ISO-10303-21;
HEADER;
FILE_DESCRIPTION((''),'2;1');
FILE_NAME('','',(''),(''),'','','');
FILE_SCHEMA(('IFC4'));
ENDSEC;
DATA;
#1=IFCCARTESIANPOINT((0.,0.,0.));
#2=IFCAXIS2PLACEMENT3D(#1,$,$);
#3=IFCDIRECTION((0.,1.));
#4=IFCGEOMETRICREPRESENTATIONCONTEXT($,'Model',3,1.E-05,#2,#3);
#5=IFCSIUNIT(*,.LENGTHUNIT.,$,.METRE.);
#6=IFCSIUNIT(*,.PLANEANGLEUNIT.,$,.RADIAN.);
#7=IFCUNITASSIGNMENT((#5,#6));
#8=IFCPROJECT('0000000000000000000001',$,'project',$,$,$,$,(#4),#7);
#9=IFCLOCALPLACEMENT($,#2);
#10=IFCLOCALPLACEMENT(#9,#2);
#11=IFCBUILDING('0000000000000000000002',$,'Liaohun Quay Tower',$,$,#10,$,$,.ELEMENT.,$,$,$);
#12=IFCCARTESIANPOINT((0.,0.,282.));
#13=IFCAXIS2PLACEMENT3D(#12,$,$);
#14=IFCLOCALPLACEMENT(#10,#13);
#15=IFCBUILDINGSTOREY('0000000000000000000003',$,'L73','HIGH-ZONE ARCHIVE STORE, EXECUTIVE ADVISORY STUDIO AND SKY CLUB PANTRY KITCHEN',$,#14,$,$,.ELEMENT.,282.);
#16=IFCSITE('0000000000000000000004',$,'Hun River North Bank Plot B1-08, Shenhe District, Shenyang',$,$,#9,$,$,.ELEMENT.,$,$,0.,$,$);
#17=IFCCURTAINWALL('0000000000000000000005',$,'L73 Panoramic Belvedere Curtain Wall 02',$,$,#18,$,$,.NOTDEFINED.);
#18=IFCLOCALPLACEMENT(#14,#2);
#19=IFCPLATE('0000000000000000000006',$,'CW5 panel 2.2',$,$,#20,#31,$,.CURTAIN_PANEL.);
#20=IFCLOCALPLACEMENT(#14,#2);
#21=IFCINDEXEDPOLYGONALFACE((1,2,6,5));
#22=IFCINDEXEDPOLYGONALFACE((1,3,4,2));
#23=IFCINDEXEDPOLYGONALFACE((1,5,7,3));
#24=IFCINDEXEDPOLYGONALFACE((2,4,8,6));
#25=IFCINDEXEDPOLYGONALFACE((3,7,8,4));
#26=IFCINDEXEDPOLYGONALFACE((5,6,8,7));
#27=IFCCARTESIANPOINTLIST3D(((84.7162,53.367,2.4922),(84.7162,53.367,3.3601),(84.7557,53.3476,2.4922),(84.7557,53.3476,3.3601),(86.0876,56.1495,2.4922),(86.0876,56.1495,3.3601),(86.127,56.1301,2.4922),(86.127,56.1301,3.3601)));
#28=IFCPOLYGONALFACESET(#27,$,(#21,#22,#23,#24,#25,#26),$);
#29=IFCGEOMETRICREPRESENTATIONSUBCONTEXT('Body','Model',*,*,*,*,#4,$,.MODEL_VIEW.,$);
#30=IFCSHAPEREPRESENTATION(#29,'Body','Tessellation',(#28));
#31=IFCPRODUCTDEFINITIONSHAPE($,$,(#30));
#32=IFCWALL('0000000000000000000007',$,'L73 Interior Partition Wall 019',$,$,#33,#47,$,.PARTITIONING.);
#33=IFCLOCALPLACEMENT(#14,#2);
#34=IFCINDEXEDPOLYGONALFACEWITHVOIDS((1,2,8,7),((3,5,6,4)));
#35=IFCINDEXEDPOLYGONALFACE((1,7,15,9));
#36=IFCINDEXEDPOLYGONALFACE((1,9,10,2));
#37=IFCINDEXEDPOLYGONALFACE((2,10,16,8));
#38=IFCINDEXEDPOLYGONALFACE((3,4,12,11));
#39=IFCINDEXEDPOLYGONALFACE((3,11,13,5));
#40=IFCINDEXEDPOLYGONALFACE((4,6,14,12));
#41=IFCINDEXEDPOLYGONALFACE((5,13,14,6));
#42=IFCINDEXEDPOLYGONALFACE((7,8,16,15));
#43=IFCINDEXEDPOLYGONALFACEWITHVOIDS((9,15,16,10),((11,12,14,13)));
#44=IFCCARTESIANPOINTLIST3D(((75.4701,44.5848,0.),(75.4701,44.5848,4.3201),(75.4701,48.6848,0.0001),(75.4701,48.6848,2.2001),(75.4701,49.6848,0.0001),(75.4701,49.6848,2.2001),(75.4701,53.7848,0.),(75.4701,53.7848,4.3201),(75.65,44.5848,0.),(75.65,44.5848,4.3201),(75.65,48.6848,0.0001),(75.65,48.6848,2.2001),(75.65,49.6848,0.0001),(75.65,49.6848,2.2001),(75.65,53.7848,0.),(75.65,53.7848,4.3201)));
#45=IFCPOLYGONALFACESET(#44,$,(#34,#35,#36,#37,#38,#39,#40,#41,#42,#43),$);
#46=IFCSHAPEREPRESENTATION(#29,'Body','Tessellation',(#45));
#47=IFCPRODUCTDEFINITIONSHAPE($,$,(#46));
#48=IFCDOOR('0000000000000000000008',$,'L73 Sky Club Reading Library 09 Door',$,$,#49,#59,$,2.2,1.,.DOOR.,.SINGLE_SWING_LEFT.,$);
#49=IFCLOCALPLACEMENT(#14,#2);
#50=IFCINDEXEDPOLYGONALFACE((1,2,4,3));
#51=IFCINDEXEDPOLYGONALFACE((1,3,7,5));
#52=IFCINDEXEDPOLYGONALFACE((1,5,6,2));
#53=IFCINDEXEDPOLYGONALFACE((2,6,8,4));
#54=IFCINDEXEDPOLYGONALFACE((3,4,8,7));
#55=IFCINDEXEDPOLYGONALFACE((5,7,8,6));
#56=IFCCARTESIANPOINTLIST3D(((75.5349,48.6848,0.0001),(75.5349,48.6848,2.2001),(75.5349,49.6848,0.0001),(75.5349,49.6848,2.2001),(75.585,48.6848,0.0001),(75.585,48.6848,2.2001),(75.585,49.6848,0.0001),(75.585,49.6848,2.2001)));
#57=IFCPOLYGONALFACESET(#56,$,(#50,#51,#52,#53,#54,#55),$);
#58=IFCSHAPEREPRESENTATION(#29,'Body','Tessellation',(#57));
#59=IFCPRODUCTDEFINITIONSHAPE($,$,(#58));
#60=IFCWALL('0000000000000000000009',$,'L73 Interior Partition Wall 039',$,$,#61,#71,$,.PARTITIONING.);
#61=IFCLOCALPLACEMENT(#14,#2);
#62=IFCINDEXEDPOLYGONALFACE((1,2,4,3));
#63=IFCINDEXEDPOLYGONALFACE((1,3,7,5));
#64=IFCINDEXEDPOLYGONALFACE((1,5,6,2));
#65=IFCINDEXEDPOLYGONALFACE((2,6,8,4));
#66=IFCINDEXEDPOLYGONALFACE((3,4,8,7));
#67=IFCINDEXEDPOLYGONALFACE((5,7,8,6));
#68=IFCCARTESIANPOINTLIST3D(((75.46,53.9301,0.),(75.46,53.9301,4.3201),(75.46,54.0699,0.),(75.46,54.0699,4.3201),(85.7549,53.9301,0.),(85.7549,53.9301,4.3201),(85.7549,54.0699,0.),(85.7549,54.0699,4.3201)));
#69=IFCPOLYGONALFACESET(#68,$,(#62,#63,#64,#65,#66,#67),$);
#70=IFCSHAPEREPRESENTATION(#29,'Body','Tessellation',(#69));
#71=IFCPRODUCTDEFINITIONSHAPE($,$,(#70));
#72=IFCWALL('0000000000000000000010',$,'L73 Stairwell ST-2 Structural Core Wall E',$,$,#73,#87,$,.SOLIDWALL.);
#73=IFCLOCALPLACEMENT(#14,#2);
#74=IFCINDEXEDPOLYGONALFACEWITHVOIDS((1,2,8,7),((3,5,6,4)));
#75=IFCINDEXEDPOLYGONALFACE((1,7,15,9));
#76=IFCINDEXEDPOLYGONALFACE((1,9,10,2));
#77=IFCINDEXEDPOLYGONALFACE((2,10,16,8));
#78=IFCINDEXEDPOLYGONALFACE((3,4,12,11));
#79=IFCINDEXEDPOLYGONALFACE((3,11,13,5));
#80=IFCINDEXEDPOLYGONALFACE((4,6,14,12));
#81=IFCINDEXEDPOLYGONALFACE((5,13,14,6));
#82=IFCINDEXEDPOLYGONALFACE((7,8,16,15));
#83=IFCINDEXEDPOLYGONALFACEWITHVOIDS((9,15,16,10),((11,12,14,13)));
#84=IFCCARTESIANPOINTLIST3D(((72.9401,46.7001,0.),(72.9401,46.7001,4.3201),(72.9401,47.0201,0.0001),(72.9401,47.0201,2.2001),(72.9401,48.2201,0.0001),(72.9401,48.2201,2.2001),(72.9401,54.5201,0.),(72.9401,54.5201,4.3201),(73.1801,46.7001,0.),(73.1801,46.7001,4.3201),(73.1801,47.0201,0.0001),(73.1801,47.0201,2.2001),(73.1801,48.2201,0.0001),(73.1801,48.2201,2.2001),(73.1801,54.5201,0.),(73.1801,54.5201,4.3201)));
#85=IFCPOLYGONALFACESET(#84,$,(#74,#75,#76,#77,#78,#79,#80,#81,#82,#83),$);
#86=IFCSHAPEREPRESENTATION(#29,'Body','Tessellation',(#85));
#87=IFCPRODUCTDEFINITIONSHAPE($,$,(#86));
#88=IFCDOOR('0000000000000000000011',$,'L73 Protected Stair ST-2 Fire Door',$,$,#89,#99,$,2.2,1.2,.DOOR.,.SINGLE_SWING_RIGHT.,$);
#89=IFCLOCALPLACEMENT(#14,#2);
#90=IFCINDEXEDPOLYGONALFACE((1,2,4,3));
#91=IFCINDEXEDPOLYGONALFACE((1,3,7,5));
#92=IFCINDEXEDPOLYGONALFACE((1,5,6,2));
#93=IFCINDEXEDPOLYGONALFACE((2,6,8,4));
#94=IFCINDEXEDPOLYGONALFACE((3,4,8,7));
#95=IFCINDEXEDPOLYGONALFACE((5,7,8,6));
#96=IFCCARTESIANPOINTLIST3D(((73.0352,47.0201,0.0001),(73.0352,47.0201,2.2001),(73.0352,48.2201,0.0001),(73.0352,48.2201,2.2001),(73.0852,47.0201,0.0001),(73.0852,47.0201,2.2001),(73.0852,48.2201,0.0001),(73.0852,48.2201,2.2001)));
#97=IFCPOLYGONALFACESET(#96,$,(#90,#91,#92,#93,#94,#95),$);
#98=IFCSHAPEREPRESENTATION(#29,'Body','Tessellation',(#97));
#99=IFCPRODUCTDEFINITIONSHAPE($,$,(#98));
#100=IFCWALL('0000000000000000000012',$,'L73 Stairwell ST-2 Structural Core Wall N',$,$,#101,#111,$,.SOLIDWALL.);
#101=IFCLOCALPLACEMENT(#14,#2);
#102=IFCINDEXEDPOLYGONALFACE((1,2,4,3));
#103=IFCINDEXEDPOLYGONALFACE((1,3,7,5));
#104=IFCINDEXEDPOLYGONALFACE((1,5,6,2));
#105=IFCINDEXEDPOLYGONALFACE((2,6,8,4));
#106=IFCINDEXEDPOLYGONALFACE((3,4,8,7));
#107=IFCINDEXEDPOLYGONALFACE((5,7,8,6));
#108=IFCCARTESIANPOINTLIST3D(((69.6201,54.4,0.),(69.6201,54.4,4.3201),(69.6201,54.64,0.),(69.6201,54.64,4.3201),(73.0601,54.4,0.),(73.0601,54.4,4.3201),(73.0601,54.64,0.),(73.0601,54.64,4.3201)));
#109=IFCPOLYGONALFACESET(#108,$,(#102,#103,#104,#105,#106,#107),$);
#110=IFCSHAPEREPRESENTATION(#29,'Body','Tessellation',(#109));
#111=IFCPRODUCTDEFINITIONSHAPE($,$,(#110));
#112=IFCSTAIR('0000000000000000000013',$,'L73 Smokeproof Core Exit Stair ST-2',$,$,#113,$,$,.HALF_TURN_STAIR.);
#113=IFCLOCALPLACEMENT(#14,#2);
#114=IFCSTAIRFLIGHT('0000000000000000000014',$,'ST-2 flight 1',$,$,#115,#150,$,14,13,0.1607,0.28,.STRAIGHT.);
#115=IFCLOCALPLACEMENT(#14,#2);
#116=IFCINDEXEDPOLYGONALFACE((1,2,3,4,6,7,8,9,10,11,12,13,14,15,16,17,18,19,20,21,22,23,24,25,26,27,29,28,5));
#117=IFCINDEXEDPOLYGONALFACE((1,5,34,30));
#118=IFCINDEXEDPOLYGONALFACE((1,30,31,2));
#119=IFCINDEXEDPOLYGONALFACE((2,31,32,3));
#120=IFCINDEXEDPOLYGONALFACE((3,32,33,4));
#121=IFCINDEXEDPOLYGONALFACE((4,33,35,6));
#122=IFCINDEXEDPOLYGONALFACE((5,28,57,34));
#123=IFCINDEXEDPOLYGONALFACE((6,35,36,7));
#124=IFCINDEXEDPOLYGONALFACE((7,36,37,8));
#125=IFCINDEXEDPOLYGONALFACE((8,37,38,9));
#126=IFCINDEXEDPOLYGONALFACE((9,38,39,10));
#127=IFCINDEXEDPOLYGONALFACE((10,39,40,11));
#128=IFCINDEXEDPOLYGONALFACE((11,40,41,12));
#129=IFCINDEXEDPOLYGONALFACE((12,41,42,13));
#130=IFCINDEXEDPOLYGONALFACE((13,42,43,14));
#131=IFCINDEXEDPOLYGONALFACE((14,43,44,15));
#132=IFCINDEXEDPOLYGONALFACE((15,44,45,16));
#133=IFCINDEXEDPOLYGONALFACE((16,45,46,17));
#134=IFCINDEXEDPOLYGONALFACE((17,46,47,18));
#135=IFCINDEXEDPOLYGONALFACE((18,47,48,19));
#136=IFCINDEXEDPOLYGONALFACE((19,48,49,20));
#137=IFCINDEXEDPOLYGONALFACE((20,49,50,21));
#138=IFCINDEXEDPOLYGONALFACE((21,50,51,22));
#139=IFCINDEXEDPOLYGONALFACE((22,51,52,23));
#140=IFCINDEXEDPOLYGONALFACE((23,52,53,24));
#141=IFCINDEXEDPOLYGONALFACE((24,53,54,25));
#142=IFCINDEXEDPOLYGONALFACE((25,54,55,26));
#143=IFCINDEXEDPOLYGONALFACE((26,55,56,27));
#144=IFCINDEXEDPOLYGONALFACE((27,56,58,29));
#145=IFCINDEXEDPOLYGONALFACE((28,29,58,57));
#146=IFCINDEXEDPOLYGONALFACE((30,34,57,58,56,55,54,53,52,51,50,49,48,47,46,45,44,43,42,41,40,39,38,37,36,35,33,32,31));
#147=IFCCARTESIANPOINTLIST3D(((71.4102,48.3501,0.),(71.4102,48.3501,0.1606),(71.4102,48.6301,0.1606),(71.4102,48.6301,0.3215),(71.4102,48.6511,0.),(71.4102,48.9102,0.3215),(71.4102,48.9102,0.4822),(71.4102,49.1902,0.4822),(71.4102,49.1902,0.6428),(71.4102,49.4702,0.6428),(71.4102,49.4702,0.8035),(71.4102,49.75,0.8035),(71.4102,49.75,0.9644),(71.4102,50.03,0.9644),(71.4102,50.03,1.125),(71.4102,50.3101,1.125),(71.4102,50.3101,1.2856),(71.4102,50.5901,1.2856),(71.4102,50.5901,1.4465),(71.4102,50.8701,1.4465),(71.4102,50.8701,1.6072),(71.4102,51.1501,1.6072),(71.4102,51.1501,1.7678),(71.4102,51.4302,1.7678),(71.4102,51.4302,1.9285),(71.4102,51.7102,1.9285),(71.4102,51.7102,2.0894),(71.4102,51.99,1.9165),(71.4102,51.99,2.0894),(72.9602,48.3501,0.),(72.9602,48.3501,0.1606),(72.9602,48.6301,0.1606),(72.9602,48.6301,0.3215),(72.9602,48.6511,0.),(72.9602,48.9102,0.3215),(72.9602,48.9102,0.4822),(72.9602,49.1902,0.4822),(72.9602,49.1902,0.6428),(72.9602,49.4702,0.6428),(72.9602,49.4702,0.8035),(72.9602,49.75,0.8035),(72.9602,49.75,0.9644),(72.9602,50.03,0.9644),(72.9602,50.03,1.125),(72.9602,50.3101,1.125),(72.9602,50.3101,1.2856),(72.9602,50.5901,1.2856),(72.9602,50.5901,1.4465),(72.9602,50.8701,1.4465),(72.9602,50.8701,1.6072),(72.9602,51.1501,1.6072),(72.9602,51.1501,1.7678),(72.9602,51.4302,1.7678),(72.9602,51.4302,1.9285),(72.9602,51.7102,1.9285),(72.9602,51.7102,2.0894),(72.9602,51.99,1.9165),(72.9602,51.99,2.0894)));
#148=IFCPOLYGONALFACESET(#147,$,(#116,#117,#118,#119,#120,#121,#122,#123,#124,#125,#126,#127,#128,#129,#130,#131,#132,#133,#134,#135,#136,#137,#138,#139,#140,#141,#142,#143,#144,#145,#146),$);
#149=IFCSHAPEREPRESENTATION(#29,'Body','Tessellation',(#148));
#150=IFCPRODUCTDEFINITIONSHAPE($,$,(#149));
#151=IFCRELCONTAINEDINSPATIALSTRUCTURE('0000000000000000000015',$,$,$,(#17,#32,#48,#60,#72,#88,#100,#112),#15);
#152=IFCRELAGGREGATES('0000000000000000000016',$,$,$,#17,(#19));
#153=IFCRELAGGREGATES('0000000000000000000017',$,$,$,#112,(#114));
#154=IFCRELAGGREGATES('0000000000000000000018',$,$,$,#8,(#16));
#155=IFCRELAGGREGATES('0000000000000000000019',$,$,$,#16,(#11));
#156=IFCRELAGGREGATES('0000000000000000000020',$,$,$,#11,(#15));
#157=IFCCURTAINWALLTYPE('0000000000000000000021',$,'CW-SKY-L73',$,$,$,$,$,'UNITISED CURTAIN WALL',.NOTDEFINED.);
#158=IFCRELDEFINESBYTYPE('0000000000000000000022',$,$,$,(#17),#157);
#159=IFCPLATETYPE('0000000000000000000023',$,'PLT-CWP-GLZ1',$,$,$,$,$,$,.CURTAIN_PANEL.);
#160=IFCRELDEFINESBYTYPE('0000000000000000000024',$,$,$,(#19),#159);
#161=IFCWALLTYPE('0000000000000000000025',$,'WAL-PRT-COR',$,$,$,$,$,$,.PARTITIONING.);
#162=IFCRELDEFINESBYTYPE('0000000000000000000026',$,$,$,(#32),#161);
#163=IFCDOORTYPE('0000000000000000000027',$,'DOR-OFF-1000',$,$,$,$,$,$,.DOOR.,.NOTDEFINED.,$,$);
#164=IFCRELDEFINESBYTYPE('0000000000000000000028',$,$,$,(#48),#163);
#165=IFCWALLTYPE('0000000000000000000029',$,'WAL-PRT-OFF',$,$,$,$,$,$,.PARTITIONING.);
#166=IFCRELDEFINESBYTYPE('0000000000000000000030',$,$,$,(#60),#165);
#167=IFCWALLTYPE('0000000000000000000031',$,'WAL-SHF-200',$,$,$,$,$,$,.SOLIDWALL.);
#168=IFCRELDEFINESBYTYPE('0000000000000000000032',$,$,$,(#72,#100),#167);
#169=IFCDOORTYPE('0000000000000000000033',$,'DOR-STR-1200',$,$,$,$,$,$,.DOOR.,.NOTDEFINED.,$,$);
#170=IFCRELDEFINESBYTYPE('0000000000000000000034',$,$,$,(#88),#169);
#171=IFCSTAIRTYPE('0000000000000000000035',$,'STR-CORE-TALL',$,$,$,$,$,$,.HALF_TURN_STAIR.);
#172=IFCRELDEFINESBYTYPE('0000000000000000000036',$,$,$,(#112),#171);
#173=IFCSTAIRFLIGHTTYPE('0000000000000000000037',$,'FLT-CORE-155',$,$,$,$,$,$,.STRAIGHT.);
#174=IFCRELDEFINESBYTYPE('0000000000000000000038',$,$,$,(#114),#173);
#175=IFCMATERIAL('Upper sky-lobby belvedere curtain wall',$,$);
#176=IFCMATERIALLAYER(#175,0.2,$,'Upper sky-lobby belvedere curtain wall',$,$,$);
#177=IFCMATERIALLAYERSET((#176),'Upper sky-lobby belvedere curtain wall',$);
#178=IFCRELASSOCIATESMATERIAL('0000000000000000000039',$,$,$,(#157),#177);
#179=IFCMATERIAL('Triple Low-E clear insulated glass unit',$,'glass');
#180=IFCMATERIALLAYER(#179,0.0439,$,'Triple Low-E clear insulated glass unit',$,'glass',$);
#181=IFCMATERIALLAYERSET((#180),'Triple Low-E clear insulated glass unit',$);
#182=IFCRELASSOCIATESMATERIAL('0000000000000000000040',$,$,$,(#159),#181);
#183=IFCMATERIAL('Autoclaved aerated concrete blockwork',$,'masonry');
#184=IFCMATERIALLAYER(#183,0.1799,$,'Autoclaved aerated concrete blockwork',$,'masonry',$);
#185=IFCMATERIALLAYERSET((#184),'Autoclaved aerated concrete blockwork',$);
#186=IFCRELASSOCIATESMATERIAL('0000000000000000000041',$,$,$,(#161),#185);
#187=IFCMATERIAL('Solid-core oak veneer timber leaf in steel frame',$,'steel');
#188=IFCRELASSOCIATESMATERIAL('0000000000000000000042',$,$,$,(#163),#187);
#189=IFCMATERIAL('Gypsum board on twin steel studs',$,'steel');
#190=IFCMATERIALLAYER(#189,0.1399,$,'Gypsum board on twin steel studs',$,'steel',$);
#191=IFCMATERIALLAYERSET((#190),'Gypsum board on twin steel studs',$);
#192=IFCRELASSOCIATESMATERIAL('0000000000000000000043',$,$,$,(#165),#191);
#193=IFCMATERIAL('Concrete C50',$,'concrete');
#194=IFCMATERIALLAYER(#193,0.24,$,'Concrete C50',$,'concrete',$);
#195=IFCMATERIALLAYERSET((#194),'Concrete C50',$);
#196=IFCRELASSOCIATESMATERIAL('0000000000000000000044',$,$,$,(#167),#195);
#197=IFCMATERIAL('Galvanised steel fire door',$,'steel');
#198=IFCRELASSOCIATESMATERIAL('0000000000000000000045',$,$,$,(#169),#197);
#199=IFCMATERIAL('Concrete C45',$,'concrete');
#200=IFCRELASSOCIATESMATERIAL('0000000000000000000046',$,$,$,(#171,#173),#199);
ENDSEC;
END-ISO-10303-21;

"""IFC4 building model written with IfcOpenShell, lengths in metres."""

from ifc_helpers import new_model, si_unit, direction, frame, frame_2d, origin, origin_2d, place, context, subcontext, project, spatial, polyline, rectangle, outline, extrude, source, transform, mapped, material, layer, layer_set, type_object, element, fill, aggregate, save


model = new_model("IFC4")

# Units and contexts
model_context = context("Model", 3, precision=1e-05, world=origin(), true_north=direction((0.0, 1.0)))
body_context = subcontext(model_context, "Body", "Model", "MODEL_VIEW")
ifc_project = project(units=[si_unit("LENGTHUNIT", "METRE"), si_unit("PLANEANGLEUNIT", "RADIAN")], contexts=[model_context])

# Site, building, storey
site_placement = place(None, origin())
site = spatial("IfcSite", under=ifc_project, at=site_placement, Name="Hun River North Bank Plot B1-08, Shenhe District, Shenyang", CompositionType="ELEMENT", RefElevation=0.0)
building_placement = place(site_placement, origin())
building = spatial("IfcBuilding", under=site, at=building_placement, Name="Liaohun Quay Tower", CompositionType="ELEMENT")
storey_placement = place(building_placement, frame((0.0, 0.0, 282.0)))
storey = spatial("IfcBuildingStorey", under=building, at=storey_placement, Name="L73", Description="HIGH-ZONE ARCHIVE STORE, EXECUTIVE ADVISORY STUDIO AND SKY CLUB PANTRY KITCHEN", CompositionType="ELEMENT", Elevation=282.0)

# Curtain wall, plate
ifc_material_1 = material(Name="Upper sky-lobby belvedere curtain wall")
ifc_layer_1 = layer(ifc_material_1, 0.2, Name="Upper sky-lobby belvedere curtain wall")
ifc_layer_set_1 = layer_set([ifc_layer_1], Name="Upper sky-lobby belvedere curtain wall")
curtain_wall_type = type_object("IfcCurtainWallType", Name="CW-SKY-L73", ElementType="UNITISED CURTAIN WALL", PredefinedType="NOTDEFINED", material=ifc_layer_set_1)
curtain_wall_placement = place(storey_placement, origin())
curtain_wall = element("IfcCurtainWall", 1, at=curtain_wall_placement, inside=storey, type_object=curtain_wall_type, Name="L73 Panoramic Belvedere Curtain Wall 02", PredefinedType="NOTDEFINED")
ifc_material_2 = material(Name="Triple Low-E clear insulated glass unit", Category="glass")
ifc_layer_2 = layer(ifc_material_2, 0.0439, Name="Triple Low-E clear insulated glass unit", Category="glass")
ifc_layer_set_2 = layer_set([ifc_layer_2], Name="Triple Low-E clear insulated glass unit")
plate_type = type_object("IfcPlateType", Name="PLT-CWP-GLZ1", PredefinedType="CURTAIN_PANEL", material=ifc_layer_set_2)
shared_shape_1 = source(origin(), body_context, "Body", "SweptSolid", [
    extrude(rectangle(XDim=3.1021, YDim=0.0439, at=origin_2d()), origin(), (0.0, 0.0, 1.0), 0.8679),
])
plate_1_placement = place(storey_placement, frame((85.4216, 54.7485, 2.4922), z_axis=(0.0, 0.0, 1.0), x_axis=(0.442081, 0.896975, 0.0)))
plate_1 = element("IfcPlate", 2, at=plate_1_placement, type_object=plate_type, Name="CW5 panel 2.2", PredefinedType="CURTAIN_PANEL", context=body_context, shape_type="MappedRepresentation", body=[
    mapped(shared_shape_1, transform((0.0, 0.0, 0.0), x_axis=(1.0, 0.0, 0.0), y_axis=(0.0, 1.0, 0.0), z_axis=(0.0, 0.0, 1.0), scale=1.0)),
])
aggregate(curtain_wall, [plate_1])

# Wall, opening, door
ifc_material_3 = material(Name="Autoclaved aerated concrete blockwork", Category="masonry")
ifc_layer_3 = layer(ifc_material_3, 0.1799, Name="Autoclaved aerated concrete blockwork", Category="masonry")
ifc_layer_set_3 = layer_set([ifc_layer_3], Name="Autoclaved aerated concrete blockwork")
wall_type_1 = type_object("IfcWallType", Name="WAL-PRT-COR", PredefinedType="PARTITIONING", material=ifc_layer_set_3)
wall_1_placement = place(storey_placement, frame((75.5601, 53.7849, 0.0), z_axis=(0.0, 0.0, 1.0), x_axis=(0.0, -1.0, 0.0)))
wall_1 = element("IfcWall", 3, at=wall_1_placement, inside=storey, type_object=wall_type_1, Name="L73 Interior Partition Wall 019", PredefinedType="PARTITIONING", context=body_context, shape_type="SweptSolid", body=[
    extrude(rectangle(XDim=9.2, YDim=0.1799, at=frame_2d((4.6001, 0.0))), origin(), (0.0, 0.0, 1.0), 4.3201),
])
shared_shape_2 = source(origin(), body_context, "Body", "SweptSolid", [
    extrude(rectangle(XDim=1.0, YDim=2.2, at=frame_2d((0.5, 1.1001))), frame((0.0, 0.0999, 0.0), z_axis=(0.0, -1.0, 0.0), x_axis=(1.0, 0.0, 0.0)), (0.0, 0.0, 1.0), 0.2),
])
opening_1_placement = place(wall_1_placement, frame((4.1001, 0.0, 0.0)))
opening_1 = element("IfcOpeningElement", 4, at=opening_1_placement, cuts=wall_1, PredefinedType="OPENING", context=body_context, shape_type="MappedRepresentation", body=[
    mapped(shared_shape_2, transform((0.0, 0.0, 0.0), x_axis=(1.0, 0.0, 0.0), y_axis=(0.0, 1.0, 0.0), z_axis=(0.0, 0.0, 1.0), scale=1.0)),
])
ifc_material_4 = material(Name="Solid-core oak veneer timber leaf in steel frame", Category="steel")
door_type_1 = type_object("IfcDoorType", Name="DOR-OFF-1000", OperationType="NOTDEFINED", PredefinedType="DOOR", material=ifc_material_4)
shared_shape_3 = source(origin(), body_context, "Body", "SweptSolid", [
    extrude(rectangle(XDim=1.0, YDim=2.2, at=frame_2d((0.5, 1.1001))), frame((0.0, 0.0249, 0.0), z_axis=(0.0, -1.0, 0.0), x_axis=(1.0, 0.0, 0.0)), (0.0, 0.0, 1.0), 0.05),
])
door_1_placement = place(opening_1_placement, origin())
door_1 = element("IfcDoor", 5, at=door_1_placement, inside=storey, type_object=door_type_1, Name="L73 Sky Club Reading Library 09 Door", OperationType="SINGLE_SWING_LEFT", OverallHeight=2.2, OverallWidth=1.0, PredefinedType="DOOR", context=body_context, shape_type="MappedRepresentation", body=[
    mapped(shared_shape_3, transform((0.0, 0.0, 0.0), x_axis=(1.0, 0.0, 0.0), y_axis=(0.0, 1.0, 0.0), z_axis=(0.0, 0.0, 1.0), scale=1.0)),
])
fill(opening_1, door_1)

# Wall
ifc_material_5 = material(Name="Gypsum board on twin steel studs", Category="steel")
ifc_layer_4 = layer(ifc_material_5, 0.1399, Name="Gypsum board on twin steel studs", Category="steel")
ifc_layer_set_4 = layer_set([ifc_layer_4], Name="Gypsum board on twin steel studs")
wall_type_2 = type_object("IfcWallType", Name="WAL-PRT-OFF", PredefinedType="PARTITIONING", material=ifc_layer_set_4)
wall_2_placement = place(storey_placement, frame((75.46, 54.0, 0.0), z_axis=(0.0, 0.0, 1.0), x_axis=(1.0, 0.0, 0.0)))
element("IfcWall", 6, at=wall_2_placement, inside=storey, type_object=wall_type_2, Name="L73 Interior Partition Wall 039", PredefinedType="PARTITIONING", context=body_context, shape_type="SweptSolid", body=[
    extrude(rectangle(XDim=10.2949, YDim=0.1399, at=frame_2d((5.1475, 0.0))), origin(), (0.0, 0.0, 1.0), 4.3201),
])

# Wall, opening, door
ifc_material_6 = material(Name="Concrete C50", Category="concrete")
ifc_layer_5 = layer(ifc_material_6, 0.24, Name="Concrete C50", Category="concrete")
ifc_layer_set_5 = layer_set([ifc_layer_5], Name="Concrete C50")
wall_type_3 = type_object("IfcWallType", Name="WAL-SHF-200", PredefinedType="SOLIDWALL", material=ifc_layer_set_5)
wall_3_placement = place(storey_placement, frame((73.0601, 46.7, 0.0), z_axis=(0.0, 0.0, 1.0), x_axis=(0.0, 1.0, 0.0)))
wall_3 = element("IfcWall", 7, at=wall_3_placement, inside=storey, type_object=wall_type_3, Name="L73 Stairwell ST-2 Structural Core Wall E", PredefinedType="SOLIDWALL", context=body_context, shape_type="SweptSolid", body=[
    extrude(rectangle(XDim=7.8201, YDim=0.24, at=frame_2d((3.9102, 0.0))), origin(), (0.0, 0.0, 1.0), 4.3201),
])
shared_shape_4 = source(origin(), body_context, "Body", "SweptSolid", [
    extrude(rectangle(XDim=1.2, YDim=2.2, at=frame_2d((0.6001, 1.1001))), frame((0.0, 0.1299, 0.0), z_axis=(0.0, -1.0, 0.0), x_axis=(1.0, 0.0, 0.0)), (0.0, 0.0, 1.0), 0.26),
])
opening_2_placement = place(wall_3_placement, frame((0.3201, 0.0, 0.0)))
opening_2 = element("IfcOpeningElement", 8, at=opening_2_placement, cuts=wall_3, PredefinedType="OPENING", context=body_context, shape_type="MappedRepresentation", body=[
    mapped(shared_shape_4, transform((0.0, 0.0, 0.0), x_axis=(1.0, 0.0, 0.0), y_axis=(0.0, 1.0, 0.0), z_axis=(0.0, 0.0, 1.0), scale=1.0)),
])
ifc_material_7 = material(Name="Galvanised steel fire door", Category="steel")
door_type_2 = type_object("IfcDoorType", Name="DOR-STR-1200", OperationType="NOTDEFINED", PredefinedType="DOOR", material=ifc_material_7)
shared_shape_5 = source(origin(), body_context, "Body", "SweptSolid", [
    extrude(rectangle(XDim=1.2, YDim=2.2, at=frame_2d((0.6001, 1.1001))), frame((0.0, 0.0249, 0.0), z_axis=(0.0, -1.0, 0.0), x_axis=(1.0, 0.0, 0.0)), (0.0, 0.0, 1.0), 0.05),
])
door_2_placement = place(opening_2_placement, origin())
door_2 = element("IfcDoor", 9, at=door_2_placement, inside=storey, type_object=door_type_2, Name="L73 Protected Stair ST-2 Fire Door", OperationType="SINGLE_SWING_RIGHT", OverallHeight=2.2, OverallWidth=1.2, PredefinedType="DOOR", context=body_context, shape_type="MappedRepresentation", body=[
    mapped(shared_shape_5, transform((0.0, 0.0, 0.0), x_axis=(1.0, 0.0, 0.0), y_axis=(0.0, 1.0, 0.0), z_axis=(0.0, 0.0, 1.0), scale=1.0)),
])
fill(opening_2, door_2)

# Wall
wall_4_placement = place(storey_placement, frame((73.0601, 54.52, 0.0), z_axis=(0.0, 0.0, 1.0), x_axis=(-1.0, 0.0, 0.0)))
element("IfcWall", 10, at=wall_4_placement, inside=storey, type_object=wall_type_3, Name="L73 Stairwell ST-2 Structural Core Wall N", PredefinedType="SOLIDWALL", context=body_context, shape_type="SweptSolid", body=[
    extrude(rectangle(XDim=3.4399, YDim=0.24, at=frame_2d((1.72, 0.0))), origin(), (0.0, 0.0, 1.0), 4.3201),
])

# Stair, stair flight
ifc_material_8 = material(Name="Concrete C45", Category="concrete")
stair_type = type_object("IfcStairType", Name="STR-CORE-TALL", PredefinedType="HALF_TURN_STAIR", material=ifc_material_8)
stair_placement = place(storey_placement, origin())
stair = element("IfcStair", 11, at=stair_placement, inside=storey, type_object=stair_type, Name="L73 Smokeproof Core Exit Stair ST-2", PredefinedType="HALF_TURN_STAIR")
stair_flight_type = type_object("IfcStairFlightType", Name="FLT-CORE-155", PredefinedType="STRAIGHT", material=ifc_material_8)
stair_flight_placement = place(storey_placement, frame((72.1851, 48.3501, 0.0), z_axis=(0.0, 0.0, 1.0), x_axis=(0.0, 1.0, 0.0)))
stair_flight = element("IfcStairFlight", 12, at=stair_flight_placement, type_object=stair_flight_type, Name="ST-2 flight 1", NumberOfRisers=14, NumberOfTreads=13, PredefinedType="STRAIGHT", RiserHeight=0.1607, TreadLength=0.28, context=body_context, shape_type="SweptSolid", body=[
    extrude(outline(polyline([(0.0, 0.0), (0.0, 0.1606), (0.28, 0.1606), (0.28, 0.3215), (0.5601, 0.3215), (0.5601, 0.4822), (0.8401, 0.4822), (0.8401, 0.6428), (1.1201, 0.6428), (1.1201, 0.8035), (1.3999, 0.8035), (1.3999, 0.9644), (1.6799, 0.9644), (1.6799, 1.125), (1.96, 1.125), (1.96, 1.2856), (2.24, 1.2856), (2.24, 1.4465), (2.52, 1.4465), (2.52, 1.6072), (2.8, 1.6072), (2.8, 1.7678), (3.0801, 1.7678), (3.0801, 1.9285), (3.3601, 1.9285), (3.3601, 2.0894), (3.6399, 2.0894), (3.6399, 2.25), (3.6399, 1.9165), (0.301, 0.0), (0.0, 0.0)])), frame((0.0, 0.7749, 0.0), z_axis=(0.0, -1.0, 0.0), x_axis=(1.0, 0.0, 0.0)), (0.0, 0.0, 1.0), 1.55),
])
aggregate(stair, [stair_flight])

save(model, "model.ifc")
